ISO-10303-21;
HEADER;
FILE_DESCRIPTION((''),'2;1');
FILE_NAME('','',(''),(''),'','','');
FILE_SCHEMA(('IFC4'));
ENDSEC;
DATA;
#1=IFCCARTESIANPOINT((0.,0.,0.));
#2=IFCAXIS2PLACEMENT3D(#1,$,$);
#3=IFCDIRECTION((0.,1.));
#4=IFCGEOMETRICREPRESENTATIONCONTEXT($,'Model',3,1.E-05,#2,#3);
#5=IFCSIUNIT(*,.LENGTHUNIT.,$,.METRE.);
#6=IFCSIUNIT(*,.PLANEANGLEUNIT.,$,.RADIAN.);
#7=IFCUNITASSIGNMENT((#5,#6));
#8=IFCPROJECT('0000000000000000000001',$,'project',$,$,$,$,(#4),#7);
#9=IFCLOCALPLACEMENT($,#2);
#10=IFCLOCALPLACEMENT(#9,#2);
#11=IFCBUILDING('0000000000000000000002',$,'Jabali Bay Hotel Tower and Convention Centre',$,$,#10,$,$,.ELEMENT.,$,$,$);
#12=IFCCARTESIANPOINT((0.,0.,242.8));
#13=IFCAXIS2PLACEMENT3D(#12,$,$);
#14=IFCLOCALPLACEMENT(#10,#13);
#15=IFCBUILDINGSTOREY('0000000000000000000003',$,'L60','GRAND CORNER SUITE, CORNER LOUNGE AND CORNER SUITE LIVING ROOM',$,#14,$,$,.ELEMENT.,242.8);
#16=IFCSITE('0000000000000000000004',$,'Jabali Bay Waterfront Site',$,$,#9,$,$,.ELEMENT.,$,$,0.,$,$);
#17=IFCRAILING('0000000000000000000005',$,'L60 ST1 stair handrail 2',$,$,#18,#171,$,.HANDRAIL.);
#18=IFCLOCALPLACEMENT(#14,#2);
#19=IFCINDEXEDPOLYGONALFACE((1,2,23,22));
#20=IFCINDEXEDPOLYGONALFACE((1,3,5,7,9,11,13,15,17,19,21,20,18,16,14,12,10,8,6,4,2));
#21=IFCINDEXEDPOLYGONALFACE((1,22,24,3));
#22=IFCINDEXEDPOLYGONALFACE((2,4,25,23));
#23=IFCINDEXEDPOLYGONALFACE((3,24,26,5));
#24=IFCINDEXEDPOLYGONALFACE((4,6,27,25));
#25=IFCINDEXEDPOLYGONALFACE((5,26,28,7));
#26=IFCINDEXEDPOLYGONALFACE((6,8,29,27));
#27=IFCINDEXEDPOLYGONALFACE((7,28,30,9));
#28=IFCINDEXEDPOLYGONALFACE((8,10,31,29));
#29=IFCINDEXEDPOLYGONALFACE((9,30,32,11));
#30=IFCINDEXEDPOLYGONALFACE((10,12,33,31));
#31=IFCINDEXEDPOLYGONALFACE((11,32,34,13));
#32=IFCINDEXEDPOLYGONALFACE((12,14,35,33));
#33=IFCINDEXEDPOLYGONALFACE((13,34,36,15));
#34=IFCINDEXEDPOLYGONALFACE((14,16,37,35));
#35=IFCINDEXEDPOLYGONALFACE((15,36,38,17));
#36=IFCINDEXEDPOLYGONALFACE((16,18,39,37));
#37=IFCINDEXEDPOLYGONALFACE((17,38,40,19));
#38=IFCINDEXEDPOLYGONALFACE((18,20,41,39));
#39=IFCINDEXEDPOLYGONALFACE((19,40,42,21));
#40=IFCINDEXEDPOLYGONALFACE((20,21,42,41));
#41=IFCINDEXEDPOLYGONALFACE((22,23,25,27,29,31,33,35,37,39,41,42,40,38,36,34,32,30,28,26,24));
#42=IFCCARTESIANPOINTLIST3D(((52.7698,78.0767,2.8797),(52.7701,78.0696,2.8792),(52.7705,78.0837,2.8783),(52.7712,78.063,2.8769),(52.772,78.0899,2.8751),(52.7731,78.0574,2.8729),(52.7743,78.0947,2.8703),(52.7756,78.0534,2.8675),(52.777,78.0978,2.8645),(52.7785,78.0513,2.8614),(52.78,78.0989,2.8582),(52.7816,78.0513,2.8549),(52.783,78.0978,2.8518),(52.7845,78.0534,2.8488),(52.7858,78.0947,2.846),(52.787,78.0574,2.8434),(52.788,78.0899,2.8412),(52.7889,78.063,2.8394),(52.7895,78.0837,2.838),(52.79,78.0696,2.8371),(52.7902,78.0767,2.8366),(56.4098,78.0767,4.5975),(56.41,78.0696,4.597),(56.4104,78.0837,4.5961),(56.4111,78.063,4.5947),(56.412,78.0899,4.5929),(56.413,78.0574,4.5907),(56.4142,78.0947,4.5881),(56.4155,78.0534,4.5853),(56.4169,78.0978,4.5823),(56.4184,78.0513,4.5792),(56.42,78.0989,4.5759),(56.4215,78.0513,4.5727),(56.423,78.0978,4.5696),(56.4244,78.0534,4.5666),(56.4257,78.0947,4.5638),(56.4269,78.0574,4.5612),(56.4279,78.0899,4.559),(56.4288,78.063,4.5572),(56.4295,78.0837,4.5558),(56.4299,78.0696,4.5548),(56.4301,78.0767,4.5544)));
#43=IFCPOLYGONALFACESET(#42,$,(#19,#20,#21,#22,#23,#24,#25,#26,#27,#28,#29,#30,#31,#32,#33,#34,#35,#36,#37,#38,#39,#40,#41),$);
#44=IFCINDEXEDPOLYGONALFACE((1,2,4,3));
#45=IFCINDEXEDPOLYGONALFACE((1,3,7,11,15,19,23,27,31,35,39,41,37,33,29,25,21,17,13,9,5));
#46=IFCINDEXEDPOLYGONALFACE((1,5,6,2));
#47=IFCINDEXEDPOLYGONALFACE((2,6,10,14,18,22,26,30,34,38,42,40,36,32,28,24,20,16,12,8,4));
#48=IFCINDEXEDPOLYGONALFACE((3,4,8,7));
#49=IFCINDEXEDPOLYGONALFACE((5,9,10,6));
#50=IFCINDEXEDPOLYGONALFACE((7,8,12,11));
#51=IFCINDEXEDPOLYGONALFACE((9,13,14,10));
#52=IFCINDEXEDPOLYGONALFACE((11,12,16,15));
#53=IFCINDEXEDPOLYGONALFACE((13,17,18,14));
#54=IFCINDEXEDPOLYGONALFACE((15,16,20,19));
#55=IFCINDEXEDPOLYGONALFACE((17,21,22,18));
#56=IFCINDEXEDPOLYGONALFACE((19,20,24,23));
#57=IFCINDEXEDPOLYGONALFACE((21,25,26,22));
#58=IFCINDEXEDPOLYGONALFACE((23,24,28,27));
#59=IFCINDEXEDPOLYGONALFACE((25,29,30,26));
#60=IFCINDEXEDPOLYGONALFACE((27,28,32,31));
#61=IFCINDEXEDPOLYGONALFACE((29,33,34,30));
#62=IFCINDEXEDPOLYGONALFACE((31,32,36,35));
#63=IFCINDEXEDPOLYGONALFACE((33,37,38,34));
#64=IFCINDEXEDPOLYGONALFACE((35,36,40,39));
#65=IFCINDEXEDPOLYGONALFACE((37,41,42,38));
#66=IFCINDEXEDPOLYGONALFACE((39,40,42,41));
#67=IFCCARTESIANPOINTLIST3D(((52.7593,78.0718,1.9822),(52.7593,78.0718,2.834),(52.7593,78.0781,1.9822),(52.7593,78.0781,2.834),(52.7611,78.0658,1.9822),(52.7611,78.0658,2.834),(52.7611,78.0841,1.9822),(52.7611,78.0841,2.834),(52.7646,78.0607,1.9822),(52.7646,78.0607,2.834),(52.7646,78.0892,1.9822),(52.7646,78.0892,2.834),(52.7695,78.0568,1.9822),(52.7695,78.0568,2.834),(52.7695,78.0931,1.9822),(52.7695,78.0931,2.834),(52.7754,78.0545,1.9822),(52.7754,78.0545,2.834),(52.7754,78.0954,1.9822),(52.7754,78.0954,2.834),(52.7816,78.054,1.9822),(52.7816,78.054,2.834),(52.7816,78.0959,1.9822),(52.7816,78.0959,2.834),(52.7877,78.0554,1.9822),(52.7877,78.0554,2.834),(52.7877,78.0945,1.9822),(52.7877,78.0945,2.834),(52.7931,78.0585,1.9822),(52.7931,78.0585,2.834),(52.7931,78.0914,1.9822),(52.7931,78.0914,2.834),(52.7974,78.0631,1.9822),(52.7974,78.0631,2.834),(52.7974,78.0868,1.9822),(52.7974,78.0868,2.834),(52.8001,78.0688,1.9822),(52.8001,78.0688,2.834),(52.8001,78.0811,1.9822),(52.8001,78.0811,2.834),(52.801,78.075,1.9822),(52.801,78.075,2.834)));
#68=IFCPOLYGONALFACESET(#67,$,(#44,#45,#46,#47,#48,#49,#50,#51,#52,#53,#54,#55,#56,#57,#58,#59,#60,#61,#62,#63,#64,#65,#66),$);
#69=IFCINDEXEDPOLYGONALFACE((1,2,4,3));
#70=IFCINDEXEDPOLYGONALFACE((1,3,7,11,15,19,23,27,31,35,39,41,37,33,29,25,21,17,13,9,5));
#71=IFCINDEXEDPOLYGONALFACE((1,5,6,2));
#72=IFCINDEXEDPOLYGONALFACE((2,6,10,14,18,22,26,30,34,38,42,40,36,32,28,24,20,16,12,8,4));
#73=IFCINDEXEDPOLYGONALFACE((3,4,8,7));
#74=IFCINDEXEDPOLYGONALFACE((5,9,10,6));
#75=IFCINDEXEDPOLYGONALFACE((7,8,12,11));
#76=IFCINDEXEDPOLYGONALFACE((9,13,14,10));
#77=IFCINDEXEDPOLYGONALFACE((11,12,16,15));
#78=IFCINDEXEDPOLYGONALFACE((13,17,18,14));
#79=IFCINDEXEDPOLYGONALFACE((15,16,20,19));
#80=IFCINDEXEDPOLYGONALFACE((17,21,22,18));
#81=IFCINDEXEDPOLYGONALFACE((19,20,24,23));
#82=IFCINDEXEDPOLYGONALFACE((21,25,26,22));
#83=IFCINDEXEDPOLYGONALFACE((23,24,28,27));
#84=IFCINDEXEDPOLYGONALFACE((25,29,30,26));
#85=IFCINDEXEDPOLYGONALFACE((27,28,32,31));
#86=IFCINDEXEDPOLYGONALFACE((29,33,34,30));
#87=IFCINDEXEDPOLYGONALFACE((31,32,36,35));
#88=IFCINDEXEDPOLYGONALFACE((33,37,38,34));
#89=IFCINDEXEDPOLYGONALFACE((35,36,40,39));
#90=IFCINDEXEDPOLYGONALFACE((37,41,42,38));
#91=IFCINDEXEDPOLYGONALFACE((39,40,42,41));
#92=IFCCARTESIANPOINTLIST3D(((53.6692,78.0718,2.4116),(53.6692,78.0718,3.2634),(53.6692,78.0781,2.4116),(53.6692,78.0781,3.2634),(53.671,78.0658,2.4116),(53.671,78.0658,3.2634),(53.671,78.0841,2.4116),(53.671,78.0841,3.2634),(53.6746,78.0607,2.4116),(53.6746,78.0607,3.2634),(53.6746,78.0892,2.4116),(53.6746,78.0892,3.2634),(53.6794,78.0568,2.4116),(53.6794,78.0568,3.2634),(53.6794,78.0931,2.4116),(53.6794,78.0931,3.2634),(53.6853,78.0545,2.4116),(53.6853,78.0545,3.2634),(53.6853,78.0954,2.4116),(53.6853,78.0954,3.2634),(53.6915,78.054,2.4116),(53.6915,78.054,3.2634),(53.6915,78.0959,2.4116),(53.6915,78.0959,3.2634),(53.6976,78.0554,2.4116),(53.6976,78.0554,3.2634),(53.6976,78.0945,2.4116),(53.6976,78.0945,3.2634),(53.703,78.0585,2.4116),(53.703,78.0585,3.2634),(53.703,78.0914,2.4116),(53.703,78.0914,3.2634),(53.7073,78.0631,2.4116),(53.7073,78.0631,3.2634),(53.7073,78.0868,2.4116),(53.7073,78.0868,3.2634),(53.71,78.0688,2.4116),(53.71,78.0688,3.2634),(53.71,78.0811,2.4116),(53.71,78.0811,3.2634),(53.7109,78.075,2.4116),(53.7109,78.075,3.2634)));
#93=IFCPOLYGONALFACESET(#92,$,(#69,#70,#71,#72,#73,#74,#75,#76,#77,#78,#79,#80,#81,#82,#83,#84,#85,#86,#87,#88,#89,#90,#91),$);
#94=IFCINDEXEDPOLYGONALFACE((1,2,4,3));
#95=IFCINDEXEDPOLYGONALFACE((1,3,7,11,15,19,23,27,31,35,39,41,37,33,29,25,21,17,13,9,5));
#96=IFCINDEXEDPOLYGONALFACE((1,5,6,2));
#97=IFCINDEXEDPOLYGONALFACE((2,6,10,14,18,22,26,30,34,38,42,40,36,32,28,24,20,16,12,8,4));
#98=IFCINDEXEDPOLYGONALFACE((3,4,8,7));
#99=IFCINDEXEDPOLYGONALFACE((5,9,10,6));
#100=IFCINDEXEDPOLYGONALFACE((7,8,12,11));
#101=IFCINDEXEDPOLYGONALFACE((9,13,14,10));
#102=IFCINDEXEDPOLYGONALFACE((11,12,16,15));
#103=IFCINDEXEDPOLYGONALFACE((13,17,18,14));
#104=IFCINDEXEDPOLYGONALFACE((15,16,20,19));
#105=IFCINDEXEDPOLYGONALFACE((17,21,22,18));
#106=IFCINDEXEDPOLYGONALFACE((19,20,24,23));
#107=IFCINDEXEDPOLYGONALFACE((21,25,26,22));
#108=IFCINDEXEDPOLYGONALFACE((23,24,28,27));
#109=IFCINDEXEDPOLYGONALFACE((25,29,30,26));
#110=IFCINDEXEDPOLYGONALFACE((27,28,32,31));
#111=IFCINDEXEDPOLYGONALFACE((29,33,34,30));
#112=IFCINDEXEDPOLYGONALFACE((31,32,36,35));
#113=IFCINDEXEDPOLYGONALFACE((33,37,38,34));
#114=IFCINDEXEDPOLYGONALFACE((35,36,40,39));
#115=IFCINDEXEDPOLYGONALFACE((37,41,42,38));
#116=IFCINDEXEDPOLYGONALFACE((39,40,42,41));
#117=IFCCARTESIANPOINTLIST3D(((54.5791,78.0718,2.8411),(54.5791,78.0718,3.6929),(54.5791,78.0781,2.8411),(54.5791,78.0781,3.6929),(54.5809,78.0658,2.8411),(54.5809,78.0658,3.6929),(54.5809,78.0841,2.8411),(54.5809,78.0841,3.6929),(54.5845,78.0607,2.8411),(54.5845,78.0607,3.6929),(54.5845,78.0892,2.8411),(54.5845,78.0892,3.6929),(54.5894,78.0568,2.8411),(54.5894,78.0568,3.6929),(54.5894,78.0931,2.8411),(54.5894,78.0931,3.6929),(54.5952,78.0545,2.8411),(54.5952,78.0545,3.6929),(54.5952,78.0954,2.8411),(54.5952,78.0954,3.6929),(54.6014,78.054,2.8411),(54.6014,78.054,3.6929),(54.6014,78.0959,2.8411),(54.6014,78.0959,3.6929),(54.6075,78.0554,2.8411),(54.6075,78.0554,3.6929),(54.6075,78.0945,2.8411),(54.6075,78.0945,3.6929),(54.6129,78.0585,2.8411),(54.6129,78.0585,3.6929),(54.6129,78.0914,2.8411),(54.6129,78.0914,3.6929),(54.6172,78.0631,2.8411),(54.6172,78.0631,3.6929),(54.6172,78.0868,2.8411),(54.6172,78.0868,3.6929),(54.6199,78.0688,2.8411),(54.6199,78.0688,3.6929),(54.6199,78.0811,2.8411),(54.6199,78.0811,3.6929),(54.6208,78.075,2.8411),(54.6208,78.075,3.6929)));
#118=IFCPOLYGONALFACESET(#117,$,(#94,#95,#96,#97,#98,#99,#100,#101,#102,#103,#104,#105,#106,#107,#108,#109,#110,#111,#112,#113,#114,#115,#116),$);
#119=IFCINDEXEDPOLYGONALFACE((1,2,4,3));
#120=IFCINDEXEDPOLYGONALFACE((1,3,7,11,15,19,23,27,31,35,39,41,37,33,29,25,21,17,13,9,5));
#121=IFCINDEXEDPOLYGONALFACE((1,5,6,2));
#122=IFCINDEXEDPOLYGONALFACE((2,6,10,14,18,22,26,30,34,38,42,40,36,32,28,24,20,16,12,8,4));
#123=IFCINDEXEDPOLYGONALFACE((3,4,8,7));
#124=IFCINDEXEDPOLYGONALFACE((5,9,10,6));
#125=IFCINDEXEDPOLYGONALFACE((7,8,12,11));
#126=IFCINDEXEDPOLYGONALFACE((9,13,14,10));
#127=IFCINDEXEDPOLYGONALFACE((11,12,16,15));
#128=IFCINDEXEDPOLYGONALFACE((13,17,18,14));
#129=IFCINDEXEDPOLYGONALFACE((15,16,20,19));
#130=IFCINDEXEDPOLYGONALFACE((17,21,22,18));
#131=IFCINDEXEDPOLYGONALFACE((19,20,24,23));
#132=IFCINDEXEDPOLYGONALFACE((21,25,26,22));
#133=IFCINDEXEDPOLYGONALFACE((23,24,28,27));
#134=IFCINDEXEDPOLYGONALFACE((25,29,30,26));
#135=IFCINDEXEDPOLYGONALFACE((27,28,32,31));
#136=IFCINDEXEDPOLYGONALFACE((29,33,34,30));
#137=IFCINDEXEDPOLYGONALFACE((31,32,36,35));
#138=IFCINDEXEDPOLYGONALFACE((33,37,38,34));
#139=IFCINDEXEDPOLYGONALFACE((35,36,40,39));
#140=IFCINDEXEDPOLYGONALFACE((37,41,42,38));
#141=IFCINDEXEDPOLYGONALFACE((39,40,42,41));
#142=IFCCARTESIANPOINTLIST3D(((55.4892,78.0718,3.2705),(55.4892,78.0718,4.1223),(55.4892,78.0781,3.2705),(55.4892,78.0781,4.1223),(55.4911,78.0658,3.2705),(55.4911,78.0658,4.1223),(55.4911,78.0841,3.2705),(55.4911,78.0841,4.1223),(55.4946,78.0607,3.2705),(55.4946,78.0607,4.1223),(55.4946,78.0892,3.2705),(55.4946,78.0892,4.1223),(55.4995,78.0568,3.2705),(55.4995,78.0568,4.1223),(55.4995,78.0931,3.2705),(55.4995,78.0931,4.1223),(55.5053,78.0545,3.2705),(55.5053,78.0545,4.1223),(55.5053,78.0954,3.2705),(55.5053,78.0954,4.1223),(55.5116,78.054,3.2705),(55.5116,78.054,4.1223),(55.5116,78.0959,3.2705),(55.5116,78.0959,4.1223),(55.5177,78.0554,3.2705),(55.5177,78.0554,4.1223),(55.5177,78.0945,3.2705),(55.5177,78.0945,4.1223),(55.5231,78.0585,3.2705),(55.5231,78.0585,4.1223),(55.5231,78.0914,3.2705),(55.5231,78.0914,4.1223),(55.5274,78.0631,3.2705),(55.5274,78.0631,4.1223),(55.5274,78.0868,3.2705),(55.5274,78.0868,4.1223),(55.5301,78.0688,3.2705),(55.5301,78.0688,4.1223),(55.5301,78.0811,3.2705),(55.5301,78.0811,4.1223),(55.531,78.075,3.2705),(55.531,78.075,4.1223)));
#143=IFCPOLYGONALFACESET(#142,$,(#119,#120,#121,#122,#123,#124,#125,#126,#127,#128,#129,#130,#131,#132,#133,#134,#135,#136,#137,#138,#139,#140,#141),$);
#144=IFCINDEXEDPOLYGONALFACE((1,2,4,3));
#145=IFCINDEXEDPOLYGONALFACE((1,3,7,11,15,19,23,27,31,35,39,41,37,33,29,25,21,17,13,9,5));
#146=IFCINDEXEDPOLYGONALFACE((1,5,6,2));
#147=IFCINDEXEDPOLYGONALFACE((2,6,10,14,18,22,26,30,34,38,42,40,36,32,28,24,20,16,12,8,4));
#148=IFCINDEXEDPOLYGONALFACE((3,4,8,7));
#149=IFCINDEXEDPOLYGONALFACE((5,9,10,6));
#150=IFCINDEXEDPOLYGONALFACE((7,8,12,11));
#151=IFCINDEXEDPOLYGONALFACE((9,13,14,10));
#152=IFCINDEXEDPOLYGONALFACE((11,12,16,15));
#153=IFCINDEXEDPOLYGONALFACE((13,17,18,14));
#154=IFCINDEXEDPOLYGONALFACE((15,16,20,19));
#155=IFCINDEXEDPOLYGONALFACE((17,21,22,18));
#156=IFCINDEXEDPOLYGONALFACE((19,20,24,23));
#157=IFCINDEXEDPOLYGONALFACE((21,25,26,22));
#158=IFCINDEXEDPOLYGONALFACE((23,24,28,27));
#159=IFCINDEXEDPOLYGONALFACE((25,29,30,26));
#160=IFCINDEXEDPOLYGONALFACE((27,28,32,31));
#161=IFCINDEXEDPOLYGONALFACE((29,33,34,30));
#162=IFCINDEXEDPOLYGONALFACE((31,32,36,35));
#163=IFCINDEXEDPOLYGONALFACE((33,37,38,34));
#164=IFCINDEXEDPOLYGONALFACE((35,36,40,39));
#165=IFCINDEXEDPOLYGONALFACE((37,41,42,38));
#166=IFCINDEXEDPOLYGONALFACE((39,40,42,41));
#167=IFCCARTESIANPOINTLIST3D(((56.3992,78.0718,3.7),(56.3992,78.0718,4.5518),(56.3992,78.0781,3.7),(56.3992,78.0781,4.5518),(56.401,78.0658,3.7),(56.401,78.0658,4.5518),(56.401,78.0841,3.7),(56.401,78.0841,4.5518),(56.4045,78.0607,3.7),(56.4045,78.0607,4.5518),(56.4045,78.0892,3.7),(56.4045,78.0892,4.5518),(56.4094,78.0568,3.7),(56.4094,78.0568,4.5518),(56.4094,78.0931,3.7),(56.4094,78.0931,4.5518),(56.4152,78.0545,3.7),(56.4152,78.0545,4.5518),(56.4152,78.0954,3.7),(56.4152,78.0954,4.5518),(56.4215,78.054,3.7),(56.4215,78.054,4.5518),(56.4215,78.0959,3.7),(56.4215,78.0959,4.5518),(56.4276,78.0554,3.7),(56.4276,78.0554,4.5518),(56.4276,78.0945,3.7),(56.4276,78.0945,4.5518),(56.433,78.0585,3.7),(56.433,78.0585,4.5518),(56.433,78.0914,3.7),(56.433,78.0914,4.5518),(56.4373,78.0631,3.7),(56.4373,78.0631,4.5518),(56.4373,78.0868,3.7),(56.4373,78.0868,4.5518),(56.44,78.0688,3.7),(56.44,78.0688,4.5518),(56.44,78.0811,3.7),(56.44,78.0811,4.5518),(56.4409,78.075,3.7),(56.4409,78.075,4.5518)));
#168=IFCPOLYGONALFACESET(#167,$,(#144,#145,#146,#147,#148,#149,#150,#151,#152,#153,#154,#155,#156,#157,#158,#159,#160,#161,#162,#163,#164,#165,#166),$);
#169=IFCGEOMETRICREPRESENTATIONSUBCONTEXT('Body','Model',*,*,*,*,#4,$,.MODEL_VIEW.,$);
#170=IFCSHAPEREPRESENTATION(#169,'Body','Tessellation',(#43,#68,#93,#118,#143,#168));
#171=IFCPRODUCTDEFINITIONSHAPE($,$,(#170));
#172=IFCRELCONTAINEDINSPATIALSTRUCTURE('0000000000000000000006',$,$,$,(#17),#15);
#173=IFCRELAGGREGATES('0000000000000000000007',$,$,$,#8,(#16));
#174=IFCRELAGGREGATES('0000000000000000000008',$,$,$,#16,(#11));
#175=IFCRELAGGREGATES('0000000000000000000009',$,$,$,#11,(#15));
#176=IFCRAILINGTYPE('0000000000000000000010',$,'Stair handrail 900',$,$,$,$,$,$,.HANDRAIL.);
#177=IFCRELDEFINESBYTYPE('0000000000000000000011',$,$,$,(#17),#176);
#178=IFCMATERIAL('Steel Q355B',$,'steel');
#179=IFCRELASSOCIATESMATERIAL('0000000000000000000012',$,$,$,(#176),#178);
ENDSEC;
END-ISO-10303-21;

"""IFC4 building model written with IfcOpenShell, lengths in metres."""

from ifc_helpers import new_model, si_unit, direction, frame, origin, origin_2d, place, context, subcontext, project, spatial, circle, extrude, material, type_object, element, save


model = new_model("IFC4")

# Units and contexts
model_context = context("Model", 3, precision=1e-05, world=origin(), true_north=direction((0.0, 1.0)))
body_context = subcontext(model_context, "Body", "Model", "MODEL_VIEW")
ifc_project = project(units=[si_unit("LENGTHUNIT", "METRE"), si_unit("PLANEANGLEUNIT", "RADIAN")], contexts=[model_context])

# Site, building, storey
site_placement = place(None, origin())
site = spatial("IfcSite", under=ifc_project, at=site_placement, Name="Jabali Bay Waterfront Site", CompositionType="ELEMENT", RefElevation=0.0)
building_placement = place(site_placement, origin())
building = spatial("IfcBuilding", under=site, at=building_placement, Name="Jabali Bay Hotel Tower and Convention Centre", CompositionType="ELEMENT")
storey_placement = place(building_placement, frame((0.0, 0.0, 242.8)))
storey = spatial("IfcBuildingStorey", under=building, at=storey_placement, Name="L60", Description="GRAND CORNER SUITE, CORNER LOUNGE AND CORNER SUITE LIVING ROOM", CompositionType="ELEMENT", Elevation=242.8)

# Railing
ifc_material_1 = material(Name="Steel Q355B", Category="steel")
railing_type = type_object("IfcRailingType", Name="Stair handrail 900", PredefinedType="HANDRAIL", material=ifc_material_1)
railing_placement = place(storey_placement, frame((52.78, 78.075, 1.9822)))
element("IfcRailing", 1, at=railing_placement, inside=storey, type_object=railing_type, Name="L60 ST1 stair handrail 2", PredefinedType="HANDRAIL", context=body_context, shape_type="SweptSolid", body=[
    extrude(circle(Radius=0.0239, at=origin_2d()), frame((0.0, 0.0, 0.876), z_axis=(0.904351, 0.0, 0.42679), x_axis=(0.0, 1.0, 0.0)), (0.0, 0.0, 1.0), 4.0249),
    extrude(circle(Radius=0.021, at=origin_2d()), origin(), (0.0, 0.0, 1.0), 0.8518),
    extrude(circle(Radius=0.021, at=origin_2d()), frame((0.9099, 0.0, 0.4294)), (0.0, 0.0, 1.0), 0.8518),
    extrude(circle(Radius=0.021, at=origin_2d()), frame((1.8198, 0.0, 0.8589)), (0.0, 0.0, 1.0), 0.8518),
    extrude(circle(Radius=0.021, at=origin_2d()), frame((2.73, 0.0, 1.2883)), (0.0, 0.0, 1.0), 0.8518),
    extrude(circle(Radius=0.021, at=origin_2d()), frame((3.6399, 0.0, 1.7178)), (0.0, 0.0, 1.0), 0.8518),
])

save(model, "model.ifc")
